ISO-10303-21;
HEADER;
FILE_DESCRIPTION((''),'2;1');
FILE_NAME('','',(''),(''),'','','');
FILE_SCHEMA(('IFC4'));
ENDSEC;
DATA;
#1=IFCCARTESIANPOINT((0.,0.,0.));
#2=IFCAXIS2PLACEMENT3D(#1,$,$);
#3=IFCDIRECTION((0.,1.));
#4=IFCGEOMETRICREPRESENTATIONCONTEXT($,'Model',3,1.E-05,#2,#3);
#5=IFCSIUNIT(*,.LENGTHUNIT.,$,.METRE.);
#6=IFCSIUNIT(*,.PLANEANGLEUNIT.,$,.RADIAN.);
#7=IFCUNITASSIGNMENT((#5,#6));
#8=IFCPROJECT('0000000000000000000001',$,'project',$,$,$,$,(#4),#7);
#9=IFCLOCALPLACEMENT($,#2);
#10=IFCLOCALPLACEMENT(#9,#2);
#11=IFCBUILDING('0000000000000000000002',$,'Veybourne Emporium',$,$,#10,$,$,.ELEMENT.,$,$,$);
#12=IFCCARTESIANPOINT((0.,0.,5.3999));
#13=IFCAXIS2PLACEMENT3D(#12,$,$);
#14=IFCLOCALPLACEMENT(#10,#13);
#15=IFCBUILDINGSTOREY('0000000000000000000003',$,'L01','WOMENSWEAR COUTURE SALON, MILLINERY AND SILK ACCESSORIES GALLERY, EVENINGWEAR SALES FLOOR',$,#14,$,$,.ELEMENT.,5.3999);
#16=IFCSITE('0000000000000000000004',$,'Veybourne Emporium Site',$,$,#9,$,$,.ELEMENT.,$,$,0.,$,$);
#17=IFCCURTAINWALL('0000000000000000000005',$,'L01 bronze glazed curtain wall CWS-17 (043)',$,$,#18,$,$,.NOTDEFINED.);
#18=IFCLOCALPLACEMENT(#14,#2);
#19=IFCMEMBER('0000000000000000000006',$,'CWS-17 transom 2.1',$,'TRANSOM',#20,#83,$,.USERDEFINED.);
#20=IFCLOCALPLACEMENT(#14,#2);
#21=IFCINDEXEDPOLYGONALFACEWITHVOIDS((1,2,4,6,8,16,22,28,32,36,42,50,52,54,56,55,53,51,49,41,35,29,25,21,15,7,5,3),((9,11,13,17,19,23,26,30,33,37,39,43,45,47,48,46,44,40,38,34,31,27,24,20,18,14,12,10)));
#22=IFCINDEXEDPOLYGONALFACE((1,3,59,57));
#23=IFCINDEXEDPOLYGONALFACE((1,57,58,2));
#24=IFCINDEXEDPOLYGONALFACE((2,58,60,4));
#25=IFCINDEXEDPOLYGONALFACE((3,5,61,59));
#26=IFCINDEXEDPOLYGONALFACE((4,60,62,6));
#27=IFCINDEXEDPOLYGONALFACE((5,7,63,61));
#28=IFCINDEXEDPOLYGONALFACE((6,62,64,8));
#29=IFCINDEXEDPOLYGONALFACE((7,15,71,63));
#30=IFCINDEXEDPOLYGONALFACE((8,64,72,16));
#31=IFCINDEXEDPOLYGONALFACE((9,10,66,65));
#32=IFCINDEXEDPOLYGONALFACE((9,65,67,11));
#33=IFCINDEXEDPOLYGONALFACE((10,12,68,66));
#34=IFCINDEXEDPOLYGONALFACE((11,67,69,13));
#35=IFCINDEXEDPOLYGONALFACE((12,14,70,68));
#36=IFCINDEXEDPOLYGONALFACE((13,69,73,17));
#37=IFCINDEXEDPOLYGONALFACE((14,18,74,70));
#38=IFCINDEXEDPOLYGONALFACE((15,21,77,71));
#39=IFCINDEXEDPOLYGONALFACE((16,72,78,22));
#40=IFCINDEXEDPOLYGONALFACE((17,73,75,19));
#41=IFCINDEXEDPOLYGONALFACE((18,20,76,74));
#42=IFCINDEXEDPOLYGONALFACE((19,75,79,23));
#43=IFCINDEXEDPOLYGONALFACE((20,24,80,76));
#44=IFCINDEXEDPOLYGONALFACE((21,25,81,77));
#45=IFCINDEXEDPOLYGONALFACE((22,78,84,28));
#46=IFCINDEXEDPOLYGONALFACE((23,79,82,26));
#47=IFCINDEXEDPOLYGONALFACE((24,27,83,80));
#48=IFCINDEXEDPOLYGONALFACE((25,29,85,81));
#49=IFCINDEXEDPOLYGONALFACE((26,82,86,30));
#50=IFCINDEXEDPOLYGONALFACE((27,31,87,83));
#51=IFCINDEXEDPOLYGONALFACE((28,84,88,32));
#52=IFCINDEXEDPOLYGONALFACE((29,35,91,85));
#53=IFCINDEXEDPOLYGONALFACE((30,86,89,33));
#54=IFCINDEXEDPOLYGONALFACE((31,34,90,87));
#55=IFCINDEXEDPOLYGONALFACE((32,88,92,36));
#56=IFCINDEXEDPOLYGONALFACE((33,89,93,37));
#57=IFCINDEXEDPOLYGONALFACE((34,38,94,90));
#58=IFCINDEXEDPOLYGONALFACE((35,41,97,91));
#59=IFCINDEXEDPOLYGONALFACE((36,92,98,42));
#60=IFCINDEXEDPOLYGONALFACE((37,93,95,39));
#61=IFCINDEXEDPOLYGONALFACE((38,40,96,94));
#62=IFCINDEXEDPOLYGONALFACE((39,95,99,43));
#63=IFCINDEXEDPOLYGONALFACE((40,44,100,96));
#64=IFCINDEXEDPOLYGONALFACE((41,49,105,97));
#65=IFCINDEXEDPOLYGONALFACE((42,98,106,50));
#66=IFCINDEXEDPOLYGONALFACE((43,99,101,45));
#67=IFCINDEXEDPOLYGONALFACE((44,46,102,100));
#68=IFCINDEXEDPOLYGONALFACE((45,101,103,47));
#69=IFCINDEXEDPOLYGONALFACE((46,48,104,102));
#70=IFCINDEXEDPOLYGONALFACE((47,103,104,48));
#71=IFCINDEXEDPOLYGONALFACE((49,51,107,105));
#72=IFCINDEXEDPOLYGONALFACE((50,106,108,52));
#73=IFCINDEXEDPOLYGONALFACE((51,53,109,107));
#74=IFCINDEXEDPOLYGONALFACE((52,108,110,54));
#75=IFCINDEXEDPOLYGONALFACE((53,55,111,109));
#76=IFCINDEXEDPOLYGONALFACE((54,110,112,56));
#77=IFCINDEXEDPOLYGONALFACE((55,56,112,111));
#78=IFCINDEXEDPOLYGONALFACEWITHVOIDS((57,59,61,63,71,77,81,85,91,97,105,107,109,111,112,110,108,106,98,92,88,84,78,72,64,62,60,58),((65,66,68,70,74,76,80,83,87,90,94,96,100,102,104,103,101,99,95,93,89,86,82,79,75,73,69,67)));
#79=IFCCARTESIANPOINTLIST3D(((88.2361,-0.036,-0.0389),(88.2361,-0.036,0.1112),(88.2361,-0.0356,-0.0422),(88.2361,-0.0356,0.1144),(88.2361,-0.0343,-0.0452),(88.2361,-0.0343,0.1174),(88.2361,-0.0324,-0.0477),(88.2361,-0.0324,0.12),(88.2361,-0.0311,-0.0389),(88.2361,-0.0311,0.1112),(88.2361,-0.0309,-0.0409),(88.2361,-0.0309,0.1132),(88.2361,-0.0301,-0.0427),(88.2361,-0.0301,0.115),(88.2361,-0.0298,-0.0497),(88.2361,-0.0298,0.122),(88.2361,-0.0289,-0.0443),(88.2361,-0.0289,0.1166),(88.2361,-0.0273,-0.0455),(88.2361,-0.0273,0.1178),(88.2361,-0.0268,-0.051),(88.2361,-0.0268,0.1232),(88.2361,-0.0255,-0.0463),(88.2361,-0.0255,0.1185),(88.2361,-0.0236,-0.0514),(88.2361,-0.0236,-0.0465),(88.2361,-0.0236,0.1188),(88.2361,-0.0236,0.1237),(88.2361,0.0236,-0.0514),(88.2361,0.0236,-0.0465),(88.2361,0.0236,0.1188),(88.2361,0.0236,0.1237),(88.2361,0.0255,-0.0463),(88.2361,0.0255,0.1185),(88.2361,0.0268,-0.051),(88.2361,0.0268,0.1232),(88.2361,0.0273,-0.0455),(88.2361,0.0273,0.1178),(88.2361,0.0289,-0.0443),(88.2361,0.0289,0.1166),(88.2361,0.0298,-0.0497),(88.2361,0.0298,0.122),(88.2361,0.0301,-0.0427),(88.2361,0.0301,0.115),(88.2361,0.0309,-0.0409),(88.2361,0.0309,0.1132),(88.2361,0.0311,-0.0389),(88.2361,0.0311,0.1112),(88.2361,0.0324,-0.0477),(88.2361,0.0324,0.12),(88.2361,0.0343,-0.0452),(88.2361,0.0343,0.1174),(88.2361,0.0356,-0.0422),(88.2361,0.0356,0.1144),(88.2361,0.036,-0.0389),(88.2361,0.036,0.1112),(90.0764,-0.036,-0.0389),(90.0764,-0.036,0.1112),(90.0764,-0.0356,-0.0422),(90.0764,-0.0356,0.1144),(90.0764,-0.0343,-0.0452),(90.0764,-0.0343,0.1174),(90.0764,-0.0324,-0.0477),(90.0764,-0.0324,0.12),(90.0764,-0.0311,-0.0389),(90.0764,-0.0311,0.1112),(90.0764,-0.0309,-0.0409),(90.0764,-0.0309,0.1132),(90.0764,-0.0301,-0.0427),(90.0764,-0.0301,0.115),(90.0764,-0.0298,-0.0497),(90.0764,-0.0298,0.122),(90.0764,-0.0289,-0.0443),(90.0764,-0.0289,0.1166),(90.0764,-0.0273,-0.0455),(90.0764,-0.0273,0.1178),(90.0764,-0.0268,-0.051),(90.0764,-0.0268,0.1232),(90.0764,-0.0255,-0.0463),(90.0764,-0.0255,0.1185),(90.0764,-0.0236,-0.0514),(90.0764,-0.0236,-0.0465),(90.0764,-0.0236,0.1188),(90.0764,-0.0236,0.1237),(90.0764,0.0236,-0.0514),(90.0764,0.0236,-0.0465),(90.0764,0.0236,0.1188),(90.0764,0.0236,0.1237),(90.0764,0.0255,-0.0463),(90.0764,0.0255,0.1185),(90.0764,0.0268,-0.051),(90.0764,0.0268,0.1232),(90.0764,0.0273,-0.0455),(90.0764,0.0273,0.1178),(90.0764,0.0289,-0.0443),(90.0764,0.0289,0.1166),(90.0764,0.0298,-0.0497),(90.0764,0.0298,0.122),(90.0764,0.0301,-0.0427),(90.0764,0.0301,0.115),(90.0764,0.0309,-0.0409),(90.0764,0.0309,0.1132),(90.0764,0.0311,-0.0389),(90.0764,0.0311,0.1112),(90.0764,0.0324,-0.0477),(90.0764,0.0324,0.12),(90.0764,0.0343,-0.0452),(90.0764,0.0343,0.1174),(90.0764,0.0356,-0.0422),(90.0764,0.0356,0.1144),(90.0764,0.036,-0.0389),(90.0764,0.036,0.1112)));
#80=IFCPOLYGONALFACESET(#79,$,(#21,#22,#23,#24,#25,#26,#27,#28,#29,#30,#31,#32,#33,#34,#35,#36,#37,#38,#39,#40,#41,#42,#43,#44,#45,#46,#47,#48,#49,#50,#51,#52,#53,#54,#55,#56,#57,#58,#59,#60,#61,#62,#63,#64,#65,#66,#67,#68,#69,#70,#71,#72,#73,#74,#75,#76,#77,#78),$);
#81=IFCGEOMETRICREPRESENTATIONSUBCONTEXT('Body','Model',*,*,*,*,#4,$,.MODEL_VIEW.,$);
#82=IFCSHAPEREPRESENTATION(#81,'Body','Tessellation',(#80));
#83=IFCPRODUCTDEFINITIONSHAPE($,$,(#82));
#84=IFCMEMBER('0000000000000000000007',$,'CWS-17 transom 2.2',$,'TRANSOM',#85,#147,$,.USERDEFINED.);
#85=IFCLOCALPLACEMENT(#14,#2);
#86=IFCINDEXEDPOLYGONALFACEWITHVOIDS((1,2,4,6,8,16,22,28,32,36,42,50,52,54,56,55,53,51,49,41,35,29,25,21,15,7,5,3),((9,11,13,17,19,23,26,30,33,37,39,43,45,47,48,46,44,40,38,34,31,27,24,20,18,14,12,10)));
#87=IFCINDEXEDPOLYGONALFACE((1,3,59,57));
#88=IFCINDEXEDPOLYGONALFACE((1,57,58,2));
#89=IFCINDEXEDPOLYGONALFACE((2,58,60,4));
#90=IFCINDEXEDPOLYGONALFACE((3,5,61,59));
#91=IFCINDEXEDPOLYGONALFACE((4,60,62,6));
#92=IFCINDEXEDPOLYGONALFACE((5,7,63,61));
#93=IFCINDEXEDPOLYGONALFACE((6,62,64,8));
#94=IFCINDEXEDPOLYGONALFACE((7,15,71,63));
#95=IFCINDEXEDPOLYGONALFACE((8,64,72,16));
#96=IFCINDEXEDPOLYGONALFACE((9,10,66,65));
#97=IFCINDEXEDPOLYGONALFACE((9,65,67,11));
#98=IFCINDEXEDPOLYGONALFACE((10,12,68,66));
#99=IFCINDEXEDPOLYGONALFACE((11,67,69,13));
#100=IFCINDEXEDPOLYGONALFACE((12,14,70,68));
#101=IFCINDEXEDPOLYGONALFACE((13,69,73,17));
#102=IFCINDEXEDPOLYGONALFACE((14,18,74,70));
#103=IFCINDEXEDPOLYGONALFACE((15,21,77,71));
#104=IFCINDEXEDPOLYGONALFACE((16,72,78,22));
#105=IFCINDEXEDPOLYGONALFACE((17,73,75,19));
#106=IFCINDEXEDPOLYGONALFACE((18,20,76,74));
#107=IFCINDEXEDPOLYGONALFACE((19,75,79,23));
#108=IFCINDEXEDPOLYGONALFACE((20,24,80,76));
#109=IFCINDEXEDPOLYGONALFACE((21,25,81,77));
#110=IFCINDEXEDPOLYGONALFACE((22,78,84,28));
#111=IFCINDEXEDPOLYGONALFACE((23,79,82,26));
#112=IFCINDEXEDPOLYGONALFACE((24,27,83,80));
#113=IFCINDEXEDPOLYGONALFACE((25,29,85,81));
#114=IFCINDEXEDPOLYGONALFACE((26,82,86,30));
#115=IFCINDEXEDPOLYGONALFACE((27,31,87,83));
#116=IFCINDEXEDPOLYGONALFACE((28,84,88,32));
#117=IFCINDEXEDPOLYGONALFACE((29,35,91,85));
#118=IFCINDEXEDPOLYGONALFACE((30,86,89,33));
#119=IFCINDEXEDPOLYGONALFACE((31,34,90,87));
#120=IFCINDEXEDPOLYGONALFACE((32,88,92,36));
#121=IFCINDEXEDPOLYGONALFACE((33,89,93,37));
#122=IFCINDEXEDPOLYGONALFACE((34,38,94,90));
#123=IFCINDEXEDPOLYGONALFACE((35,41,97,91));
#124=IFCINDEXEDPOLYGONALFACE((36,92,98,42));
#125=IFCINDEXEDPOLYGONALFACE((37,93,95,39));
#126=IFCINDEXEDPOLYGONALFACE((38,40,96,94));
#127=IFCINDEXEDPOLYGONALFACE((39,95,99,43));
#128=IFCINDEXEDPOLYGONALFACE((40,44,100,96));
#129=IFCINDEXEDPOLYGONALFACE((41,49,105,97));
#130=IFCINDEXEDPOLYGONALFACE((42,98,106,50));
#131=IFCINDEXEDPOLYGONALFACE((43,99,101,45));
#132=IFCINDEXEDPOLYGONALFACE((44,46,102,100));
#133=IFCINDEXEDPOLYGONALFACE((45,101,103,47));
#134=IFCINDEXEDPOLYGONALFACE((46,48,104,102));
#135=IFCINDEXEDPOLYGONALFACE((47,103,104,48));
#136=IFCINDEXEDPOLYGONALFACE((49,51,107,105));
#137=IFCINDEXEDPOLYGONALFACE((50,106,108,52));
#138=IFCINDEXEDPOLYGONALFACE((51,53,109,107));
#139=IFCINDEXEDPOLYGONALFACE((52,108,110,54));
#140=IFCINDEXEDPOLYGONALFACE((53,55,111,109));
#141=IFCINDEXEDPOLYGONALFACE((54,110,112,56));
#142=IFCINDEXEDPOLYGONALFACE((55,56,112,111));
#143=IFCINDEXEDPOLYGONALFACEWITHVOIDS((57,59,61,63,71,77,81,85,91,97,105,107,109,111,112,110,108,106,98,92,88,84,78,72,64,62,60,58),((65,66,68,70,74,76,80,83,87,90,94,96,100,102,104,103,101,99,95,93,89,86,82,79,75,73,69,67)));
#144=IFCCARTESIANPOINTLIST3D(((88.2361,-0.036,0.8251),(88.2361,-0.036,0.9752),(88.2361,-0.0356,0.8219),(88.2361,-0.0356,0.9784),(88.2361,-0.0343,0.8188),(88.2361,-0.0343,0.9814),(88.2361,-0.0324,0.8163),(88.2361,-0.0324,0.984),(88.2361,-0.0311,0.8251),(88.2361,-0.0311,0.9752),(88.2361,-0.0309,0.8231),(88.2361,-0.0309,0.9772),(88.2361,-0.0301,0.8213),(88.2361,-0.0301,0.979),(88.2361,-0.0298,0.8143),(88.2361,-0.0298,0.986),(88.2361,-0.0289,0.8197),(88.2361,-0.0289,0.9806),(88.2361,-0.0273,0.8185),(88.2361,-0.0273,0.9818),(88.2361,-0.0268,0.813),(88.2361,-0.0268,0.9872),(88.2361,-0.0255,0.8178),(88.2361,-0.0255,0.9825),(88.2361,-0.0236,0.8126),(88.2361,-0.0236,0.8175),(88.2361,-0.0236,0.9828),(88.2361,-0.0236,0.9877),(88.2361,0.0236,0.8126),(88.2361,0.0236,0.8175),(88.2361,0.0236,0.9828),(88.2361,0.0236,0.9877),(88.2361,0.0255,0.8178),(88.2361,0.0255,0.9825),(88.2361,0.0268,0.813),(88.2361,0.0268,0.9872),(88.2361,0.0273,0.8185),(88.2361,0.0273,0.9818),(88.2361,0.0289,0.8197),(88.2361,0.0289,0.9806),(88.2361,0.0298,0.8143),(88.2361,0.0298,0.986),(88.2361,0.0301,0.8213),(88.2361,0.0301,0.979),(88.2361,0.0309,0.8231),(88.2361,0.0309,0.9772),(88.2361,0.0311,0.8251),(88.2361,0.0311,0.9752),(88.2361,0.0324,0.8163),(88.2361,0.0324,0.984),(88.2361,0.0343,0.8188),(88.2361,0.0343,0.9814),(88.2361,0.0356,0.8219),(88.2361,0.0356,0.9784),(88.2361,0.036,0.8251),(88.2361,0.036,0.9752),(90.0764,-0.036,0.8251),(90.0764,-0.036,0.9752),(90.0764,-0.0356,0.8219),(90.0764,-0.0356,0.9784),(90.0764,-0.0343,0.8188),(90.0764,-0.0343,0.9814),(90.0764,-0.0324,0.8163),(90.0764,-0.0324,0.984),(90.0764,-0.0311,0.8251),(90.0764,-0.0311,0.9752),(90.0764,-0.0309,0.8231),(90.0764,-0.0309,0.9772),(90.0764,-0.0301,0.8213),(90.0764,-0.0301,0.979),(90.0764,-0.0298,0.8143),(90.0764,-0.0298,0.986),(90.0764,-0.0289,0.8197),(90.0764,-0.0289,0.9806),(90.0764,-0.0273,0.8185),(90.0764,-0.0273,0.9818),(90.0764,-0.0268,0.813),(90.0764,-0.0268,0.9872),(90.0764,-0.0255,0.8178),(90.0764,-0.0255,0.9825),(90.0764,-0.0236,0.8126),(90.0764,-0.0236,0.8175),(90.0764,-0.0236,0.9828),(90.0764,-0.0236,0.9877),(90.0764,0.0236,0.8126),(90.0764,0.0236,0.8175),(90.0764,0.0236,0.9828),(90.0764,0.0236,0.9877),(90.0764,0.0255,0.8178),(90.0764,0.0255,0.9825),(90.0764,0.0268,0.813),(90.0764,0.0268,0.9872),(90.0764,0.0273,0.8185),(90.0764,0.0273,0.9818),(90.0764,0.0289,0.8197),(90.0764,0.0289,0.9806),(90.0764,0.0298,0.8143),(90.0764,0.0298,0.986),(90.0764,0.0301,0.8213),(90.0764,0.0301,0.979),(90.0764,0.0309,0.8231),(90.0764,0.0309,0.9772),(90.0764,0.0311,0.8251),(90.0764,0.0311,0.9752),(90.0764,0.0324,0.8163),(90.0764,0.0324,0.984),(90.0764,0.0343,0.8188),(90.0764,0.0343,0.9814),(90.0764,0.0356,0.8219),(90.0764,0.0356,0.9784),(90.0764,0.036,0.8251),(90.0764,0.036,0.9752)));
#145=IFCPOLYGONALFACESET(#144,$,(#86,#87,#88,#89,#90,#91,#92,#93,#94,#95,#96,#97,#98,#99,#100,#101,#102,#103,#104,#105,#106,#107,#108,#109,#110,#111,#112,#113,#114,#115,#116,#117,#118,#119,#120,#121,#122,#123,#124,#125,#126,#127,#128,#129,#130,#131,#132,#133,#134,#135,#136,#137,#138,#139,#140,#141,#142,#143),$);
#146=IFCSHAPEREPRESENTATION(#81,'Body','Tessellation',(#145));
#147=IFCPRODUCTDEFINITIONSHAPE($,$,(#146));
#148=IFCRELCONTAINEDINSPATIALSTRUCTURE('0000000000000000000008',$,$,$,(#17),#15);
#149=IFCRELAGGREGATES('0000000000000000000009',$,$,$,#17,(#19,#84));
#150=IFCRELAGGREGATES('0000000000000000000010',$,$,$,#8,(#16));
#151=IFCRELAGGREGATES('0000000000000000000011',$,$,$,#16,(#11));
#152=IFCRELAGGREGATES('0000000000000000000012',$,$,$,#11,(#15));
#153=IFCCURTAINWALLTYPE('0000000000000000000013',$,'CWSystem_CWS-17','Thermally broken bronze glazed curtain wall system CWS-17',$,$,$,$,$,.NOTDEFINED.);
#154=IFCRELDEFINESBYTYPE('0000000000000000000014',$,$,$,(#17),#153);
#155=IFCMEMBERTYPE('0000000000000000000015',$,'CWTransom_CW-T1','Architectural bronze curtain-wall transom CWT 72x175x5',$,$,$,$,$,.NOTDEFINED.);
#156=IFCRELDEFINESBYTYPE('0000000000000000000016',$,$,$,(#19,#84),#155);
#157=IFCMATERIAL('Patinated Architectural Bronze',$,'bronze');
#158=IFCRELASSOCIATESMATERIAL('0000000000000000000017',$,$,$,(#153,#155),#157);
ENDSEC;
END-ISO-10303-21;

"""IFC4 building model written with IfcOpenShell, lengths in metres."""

from ifc_helpers import new_model, si_unit, direction, frame, origin, origin_2d, place, context, subcontext, project, spatial, hollow_rectangle, extrude, material, material_profile, profile_set, type_object, element, aggregate, save


model = new_model("IFC4")

# Units and contexts
model_context = context("Model", 3, precision=1e-05, world=origin(), true_north=direction((0.0, 1.0)))
body_context = subcontext(model_context, "Body", "Model", "MODEL_VIEW")
ifc_project = project(units=[si_unit("LENGTHUNIT", "METRE"), si_unit("PLANEANGLEUNIT", "RADIAN")], contexts=[model_context])

# Site, building, storey
site_placement = place(None, origin())
site = spatial("IfcSite", under=ifc_project, at=site_placement, Name="Veybourne Emporium Site", CompositionType="ELEMENT", RefElevation=0.0)
building_placement = place(site_placement, origin())
building = spatial("IfcBuilding", under=site, at=building_placement, Name="Veybourne Emporium", CompositionType="ELEMENT")
storey_placement = place(building_placement, frame((0.0, 0.0, 5.3999)))
storey = spatial("IfcBuildingStorey", under=building, at=storey_placement, Name="L01", Description="WOMENSWEAR COUTURE SALON, MILLINERY AND SILK ACCESSORIES GALLERY, EVENINGWEAR SALES FLOOR", CompositionType="ELEMENT", Elevation=5.3999)

# Curtain wall, members
ifc_material_1 = material(Name="Patinated Architectural Bronze", Category="bronze")
curtain_wall_type = type_object("IfcCurtainWallType", Name="CWSystem_CWS-17", Description="Thermally broken bronze glazed curtain wall system CWS-17", PredefinedType="NOTDEFINED", material=ifc_material_1)
curtain_wall_placement = place(storey_placement, origin())
curtain_wall = element("IfcCurtainWall", 1, at=curtain_wall_placement, inside=storey, type_object=curtain_wall_type, Name="L01 bronze glazed curtain wall CWS-17 (043)", PredefinedType="NOTDEFINED")
ifc_material_profile_1 = material_profile(ifc_material_1, hollow_rectangle(XDim=0.072, YDim=0.175, WallThickness=0.0049, InnerFilletRadius=0.0076, OuterFilletRadius=0.0125, at=origin_2d()), Name="CWT 72x175x5")
ifc_profile_set_1 = profile_set([ifc_material_profile_1], Name="Patinated Architectural Bronze")
member_type_1 = type_object("IfcMemberType", Name="CWTransom_CW-T1", Description="Architectural bronze curtain-wall transom CWT 72x175x5", PredefinedType="NOTDEFINED", material=ifc_profile_set_1)
member_1_placement = place(storey_placement, frame((90.0764, 0.0, 0.0361), z_axis=(-1.0, 0.0, 0.0), x_axis=(0.0, -1.0, 0.0)))
member_1 = element("IfcMember", 2, at=member_1_placement, type_object=member_type_1, Name="CWS-17 transom 2.1", ObjectType="TRANSOM", PredefinedType="USERDEFINED", context=body_context, shape_type="SweptSolid", body=[
    extrude(hollow_rectangle(XDim=0.072, YDim=0.175, WallThickness=0.0049, InnerFilletRadius=0.0076, OuterFilletRadius=0.0125, at=origin_2d()), origin(), (0.0, 0.0, 1.0), 1.8403),
])
member_2_placement = place(storey_placement, frame((90.0764, 0.0, 0.9001), z_axis=(-1.0, 0.0, 0.0), x_axis=(0.0, -1.0, 0.0)))
member_2 = element("IfcMember", 3, at=member_2_placement, type_object=member_type_1, Name="CWS-17 transom 2.2", ObjectType="TRANSOM", PredefinedType="USERDEFINED", context=body_context, shape_type="SweptSolid", body=[
    extrude(hollow_rectangle(XDim=0.072, YDim=0.175, WallThickness=0.0049, InnerFilletRadius=0.0076, OuterFilletRadius=0.0125, at=origin_2d()), origin(), (0.0, 0.0, 1.0), 1.8403),
])

aggregate(curtain_wall, [member_1, member_2])

save(model, "model.ifc")
